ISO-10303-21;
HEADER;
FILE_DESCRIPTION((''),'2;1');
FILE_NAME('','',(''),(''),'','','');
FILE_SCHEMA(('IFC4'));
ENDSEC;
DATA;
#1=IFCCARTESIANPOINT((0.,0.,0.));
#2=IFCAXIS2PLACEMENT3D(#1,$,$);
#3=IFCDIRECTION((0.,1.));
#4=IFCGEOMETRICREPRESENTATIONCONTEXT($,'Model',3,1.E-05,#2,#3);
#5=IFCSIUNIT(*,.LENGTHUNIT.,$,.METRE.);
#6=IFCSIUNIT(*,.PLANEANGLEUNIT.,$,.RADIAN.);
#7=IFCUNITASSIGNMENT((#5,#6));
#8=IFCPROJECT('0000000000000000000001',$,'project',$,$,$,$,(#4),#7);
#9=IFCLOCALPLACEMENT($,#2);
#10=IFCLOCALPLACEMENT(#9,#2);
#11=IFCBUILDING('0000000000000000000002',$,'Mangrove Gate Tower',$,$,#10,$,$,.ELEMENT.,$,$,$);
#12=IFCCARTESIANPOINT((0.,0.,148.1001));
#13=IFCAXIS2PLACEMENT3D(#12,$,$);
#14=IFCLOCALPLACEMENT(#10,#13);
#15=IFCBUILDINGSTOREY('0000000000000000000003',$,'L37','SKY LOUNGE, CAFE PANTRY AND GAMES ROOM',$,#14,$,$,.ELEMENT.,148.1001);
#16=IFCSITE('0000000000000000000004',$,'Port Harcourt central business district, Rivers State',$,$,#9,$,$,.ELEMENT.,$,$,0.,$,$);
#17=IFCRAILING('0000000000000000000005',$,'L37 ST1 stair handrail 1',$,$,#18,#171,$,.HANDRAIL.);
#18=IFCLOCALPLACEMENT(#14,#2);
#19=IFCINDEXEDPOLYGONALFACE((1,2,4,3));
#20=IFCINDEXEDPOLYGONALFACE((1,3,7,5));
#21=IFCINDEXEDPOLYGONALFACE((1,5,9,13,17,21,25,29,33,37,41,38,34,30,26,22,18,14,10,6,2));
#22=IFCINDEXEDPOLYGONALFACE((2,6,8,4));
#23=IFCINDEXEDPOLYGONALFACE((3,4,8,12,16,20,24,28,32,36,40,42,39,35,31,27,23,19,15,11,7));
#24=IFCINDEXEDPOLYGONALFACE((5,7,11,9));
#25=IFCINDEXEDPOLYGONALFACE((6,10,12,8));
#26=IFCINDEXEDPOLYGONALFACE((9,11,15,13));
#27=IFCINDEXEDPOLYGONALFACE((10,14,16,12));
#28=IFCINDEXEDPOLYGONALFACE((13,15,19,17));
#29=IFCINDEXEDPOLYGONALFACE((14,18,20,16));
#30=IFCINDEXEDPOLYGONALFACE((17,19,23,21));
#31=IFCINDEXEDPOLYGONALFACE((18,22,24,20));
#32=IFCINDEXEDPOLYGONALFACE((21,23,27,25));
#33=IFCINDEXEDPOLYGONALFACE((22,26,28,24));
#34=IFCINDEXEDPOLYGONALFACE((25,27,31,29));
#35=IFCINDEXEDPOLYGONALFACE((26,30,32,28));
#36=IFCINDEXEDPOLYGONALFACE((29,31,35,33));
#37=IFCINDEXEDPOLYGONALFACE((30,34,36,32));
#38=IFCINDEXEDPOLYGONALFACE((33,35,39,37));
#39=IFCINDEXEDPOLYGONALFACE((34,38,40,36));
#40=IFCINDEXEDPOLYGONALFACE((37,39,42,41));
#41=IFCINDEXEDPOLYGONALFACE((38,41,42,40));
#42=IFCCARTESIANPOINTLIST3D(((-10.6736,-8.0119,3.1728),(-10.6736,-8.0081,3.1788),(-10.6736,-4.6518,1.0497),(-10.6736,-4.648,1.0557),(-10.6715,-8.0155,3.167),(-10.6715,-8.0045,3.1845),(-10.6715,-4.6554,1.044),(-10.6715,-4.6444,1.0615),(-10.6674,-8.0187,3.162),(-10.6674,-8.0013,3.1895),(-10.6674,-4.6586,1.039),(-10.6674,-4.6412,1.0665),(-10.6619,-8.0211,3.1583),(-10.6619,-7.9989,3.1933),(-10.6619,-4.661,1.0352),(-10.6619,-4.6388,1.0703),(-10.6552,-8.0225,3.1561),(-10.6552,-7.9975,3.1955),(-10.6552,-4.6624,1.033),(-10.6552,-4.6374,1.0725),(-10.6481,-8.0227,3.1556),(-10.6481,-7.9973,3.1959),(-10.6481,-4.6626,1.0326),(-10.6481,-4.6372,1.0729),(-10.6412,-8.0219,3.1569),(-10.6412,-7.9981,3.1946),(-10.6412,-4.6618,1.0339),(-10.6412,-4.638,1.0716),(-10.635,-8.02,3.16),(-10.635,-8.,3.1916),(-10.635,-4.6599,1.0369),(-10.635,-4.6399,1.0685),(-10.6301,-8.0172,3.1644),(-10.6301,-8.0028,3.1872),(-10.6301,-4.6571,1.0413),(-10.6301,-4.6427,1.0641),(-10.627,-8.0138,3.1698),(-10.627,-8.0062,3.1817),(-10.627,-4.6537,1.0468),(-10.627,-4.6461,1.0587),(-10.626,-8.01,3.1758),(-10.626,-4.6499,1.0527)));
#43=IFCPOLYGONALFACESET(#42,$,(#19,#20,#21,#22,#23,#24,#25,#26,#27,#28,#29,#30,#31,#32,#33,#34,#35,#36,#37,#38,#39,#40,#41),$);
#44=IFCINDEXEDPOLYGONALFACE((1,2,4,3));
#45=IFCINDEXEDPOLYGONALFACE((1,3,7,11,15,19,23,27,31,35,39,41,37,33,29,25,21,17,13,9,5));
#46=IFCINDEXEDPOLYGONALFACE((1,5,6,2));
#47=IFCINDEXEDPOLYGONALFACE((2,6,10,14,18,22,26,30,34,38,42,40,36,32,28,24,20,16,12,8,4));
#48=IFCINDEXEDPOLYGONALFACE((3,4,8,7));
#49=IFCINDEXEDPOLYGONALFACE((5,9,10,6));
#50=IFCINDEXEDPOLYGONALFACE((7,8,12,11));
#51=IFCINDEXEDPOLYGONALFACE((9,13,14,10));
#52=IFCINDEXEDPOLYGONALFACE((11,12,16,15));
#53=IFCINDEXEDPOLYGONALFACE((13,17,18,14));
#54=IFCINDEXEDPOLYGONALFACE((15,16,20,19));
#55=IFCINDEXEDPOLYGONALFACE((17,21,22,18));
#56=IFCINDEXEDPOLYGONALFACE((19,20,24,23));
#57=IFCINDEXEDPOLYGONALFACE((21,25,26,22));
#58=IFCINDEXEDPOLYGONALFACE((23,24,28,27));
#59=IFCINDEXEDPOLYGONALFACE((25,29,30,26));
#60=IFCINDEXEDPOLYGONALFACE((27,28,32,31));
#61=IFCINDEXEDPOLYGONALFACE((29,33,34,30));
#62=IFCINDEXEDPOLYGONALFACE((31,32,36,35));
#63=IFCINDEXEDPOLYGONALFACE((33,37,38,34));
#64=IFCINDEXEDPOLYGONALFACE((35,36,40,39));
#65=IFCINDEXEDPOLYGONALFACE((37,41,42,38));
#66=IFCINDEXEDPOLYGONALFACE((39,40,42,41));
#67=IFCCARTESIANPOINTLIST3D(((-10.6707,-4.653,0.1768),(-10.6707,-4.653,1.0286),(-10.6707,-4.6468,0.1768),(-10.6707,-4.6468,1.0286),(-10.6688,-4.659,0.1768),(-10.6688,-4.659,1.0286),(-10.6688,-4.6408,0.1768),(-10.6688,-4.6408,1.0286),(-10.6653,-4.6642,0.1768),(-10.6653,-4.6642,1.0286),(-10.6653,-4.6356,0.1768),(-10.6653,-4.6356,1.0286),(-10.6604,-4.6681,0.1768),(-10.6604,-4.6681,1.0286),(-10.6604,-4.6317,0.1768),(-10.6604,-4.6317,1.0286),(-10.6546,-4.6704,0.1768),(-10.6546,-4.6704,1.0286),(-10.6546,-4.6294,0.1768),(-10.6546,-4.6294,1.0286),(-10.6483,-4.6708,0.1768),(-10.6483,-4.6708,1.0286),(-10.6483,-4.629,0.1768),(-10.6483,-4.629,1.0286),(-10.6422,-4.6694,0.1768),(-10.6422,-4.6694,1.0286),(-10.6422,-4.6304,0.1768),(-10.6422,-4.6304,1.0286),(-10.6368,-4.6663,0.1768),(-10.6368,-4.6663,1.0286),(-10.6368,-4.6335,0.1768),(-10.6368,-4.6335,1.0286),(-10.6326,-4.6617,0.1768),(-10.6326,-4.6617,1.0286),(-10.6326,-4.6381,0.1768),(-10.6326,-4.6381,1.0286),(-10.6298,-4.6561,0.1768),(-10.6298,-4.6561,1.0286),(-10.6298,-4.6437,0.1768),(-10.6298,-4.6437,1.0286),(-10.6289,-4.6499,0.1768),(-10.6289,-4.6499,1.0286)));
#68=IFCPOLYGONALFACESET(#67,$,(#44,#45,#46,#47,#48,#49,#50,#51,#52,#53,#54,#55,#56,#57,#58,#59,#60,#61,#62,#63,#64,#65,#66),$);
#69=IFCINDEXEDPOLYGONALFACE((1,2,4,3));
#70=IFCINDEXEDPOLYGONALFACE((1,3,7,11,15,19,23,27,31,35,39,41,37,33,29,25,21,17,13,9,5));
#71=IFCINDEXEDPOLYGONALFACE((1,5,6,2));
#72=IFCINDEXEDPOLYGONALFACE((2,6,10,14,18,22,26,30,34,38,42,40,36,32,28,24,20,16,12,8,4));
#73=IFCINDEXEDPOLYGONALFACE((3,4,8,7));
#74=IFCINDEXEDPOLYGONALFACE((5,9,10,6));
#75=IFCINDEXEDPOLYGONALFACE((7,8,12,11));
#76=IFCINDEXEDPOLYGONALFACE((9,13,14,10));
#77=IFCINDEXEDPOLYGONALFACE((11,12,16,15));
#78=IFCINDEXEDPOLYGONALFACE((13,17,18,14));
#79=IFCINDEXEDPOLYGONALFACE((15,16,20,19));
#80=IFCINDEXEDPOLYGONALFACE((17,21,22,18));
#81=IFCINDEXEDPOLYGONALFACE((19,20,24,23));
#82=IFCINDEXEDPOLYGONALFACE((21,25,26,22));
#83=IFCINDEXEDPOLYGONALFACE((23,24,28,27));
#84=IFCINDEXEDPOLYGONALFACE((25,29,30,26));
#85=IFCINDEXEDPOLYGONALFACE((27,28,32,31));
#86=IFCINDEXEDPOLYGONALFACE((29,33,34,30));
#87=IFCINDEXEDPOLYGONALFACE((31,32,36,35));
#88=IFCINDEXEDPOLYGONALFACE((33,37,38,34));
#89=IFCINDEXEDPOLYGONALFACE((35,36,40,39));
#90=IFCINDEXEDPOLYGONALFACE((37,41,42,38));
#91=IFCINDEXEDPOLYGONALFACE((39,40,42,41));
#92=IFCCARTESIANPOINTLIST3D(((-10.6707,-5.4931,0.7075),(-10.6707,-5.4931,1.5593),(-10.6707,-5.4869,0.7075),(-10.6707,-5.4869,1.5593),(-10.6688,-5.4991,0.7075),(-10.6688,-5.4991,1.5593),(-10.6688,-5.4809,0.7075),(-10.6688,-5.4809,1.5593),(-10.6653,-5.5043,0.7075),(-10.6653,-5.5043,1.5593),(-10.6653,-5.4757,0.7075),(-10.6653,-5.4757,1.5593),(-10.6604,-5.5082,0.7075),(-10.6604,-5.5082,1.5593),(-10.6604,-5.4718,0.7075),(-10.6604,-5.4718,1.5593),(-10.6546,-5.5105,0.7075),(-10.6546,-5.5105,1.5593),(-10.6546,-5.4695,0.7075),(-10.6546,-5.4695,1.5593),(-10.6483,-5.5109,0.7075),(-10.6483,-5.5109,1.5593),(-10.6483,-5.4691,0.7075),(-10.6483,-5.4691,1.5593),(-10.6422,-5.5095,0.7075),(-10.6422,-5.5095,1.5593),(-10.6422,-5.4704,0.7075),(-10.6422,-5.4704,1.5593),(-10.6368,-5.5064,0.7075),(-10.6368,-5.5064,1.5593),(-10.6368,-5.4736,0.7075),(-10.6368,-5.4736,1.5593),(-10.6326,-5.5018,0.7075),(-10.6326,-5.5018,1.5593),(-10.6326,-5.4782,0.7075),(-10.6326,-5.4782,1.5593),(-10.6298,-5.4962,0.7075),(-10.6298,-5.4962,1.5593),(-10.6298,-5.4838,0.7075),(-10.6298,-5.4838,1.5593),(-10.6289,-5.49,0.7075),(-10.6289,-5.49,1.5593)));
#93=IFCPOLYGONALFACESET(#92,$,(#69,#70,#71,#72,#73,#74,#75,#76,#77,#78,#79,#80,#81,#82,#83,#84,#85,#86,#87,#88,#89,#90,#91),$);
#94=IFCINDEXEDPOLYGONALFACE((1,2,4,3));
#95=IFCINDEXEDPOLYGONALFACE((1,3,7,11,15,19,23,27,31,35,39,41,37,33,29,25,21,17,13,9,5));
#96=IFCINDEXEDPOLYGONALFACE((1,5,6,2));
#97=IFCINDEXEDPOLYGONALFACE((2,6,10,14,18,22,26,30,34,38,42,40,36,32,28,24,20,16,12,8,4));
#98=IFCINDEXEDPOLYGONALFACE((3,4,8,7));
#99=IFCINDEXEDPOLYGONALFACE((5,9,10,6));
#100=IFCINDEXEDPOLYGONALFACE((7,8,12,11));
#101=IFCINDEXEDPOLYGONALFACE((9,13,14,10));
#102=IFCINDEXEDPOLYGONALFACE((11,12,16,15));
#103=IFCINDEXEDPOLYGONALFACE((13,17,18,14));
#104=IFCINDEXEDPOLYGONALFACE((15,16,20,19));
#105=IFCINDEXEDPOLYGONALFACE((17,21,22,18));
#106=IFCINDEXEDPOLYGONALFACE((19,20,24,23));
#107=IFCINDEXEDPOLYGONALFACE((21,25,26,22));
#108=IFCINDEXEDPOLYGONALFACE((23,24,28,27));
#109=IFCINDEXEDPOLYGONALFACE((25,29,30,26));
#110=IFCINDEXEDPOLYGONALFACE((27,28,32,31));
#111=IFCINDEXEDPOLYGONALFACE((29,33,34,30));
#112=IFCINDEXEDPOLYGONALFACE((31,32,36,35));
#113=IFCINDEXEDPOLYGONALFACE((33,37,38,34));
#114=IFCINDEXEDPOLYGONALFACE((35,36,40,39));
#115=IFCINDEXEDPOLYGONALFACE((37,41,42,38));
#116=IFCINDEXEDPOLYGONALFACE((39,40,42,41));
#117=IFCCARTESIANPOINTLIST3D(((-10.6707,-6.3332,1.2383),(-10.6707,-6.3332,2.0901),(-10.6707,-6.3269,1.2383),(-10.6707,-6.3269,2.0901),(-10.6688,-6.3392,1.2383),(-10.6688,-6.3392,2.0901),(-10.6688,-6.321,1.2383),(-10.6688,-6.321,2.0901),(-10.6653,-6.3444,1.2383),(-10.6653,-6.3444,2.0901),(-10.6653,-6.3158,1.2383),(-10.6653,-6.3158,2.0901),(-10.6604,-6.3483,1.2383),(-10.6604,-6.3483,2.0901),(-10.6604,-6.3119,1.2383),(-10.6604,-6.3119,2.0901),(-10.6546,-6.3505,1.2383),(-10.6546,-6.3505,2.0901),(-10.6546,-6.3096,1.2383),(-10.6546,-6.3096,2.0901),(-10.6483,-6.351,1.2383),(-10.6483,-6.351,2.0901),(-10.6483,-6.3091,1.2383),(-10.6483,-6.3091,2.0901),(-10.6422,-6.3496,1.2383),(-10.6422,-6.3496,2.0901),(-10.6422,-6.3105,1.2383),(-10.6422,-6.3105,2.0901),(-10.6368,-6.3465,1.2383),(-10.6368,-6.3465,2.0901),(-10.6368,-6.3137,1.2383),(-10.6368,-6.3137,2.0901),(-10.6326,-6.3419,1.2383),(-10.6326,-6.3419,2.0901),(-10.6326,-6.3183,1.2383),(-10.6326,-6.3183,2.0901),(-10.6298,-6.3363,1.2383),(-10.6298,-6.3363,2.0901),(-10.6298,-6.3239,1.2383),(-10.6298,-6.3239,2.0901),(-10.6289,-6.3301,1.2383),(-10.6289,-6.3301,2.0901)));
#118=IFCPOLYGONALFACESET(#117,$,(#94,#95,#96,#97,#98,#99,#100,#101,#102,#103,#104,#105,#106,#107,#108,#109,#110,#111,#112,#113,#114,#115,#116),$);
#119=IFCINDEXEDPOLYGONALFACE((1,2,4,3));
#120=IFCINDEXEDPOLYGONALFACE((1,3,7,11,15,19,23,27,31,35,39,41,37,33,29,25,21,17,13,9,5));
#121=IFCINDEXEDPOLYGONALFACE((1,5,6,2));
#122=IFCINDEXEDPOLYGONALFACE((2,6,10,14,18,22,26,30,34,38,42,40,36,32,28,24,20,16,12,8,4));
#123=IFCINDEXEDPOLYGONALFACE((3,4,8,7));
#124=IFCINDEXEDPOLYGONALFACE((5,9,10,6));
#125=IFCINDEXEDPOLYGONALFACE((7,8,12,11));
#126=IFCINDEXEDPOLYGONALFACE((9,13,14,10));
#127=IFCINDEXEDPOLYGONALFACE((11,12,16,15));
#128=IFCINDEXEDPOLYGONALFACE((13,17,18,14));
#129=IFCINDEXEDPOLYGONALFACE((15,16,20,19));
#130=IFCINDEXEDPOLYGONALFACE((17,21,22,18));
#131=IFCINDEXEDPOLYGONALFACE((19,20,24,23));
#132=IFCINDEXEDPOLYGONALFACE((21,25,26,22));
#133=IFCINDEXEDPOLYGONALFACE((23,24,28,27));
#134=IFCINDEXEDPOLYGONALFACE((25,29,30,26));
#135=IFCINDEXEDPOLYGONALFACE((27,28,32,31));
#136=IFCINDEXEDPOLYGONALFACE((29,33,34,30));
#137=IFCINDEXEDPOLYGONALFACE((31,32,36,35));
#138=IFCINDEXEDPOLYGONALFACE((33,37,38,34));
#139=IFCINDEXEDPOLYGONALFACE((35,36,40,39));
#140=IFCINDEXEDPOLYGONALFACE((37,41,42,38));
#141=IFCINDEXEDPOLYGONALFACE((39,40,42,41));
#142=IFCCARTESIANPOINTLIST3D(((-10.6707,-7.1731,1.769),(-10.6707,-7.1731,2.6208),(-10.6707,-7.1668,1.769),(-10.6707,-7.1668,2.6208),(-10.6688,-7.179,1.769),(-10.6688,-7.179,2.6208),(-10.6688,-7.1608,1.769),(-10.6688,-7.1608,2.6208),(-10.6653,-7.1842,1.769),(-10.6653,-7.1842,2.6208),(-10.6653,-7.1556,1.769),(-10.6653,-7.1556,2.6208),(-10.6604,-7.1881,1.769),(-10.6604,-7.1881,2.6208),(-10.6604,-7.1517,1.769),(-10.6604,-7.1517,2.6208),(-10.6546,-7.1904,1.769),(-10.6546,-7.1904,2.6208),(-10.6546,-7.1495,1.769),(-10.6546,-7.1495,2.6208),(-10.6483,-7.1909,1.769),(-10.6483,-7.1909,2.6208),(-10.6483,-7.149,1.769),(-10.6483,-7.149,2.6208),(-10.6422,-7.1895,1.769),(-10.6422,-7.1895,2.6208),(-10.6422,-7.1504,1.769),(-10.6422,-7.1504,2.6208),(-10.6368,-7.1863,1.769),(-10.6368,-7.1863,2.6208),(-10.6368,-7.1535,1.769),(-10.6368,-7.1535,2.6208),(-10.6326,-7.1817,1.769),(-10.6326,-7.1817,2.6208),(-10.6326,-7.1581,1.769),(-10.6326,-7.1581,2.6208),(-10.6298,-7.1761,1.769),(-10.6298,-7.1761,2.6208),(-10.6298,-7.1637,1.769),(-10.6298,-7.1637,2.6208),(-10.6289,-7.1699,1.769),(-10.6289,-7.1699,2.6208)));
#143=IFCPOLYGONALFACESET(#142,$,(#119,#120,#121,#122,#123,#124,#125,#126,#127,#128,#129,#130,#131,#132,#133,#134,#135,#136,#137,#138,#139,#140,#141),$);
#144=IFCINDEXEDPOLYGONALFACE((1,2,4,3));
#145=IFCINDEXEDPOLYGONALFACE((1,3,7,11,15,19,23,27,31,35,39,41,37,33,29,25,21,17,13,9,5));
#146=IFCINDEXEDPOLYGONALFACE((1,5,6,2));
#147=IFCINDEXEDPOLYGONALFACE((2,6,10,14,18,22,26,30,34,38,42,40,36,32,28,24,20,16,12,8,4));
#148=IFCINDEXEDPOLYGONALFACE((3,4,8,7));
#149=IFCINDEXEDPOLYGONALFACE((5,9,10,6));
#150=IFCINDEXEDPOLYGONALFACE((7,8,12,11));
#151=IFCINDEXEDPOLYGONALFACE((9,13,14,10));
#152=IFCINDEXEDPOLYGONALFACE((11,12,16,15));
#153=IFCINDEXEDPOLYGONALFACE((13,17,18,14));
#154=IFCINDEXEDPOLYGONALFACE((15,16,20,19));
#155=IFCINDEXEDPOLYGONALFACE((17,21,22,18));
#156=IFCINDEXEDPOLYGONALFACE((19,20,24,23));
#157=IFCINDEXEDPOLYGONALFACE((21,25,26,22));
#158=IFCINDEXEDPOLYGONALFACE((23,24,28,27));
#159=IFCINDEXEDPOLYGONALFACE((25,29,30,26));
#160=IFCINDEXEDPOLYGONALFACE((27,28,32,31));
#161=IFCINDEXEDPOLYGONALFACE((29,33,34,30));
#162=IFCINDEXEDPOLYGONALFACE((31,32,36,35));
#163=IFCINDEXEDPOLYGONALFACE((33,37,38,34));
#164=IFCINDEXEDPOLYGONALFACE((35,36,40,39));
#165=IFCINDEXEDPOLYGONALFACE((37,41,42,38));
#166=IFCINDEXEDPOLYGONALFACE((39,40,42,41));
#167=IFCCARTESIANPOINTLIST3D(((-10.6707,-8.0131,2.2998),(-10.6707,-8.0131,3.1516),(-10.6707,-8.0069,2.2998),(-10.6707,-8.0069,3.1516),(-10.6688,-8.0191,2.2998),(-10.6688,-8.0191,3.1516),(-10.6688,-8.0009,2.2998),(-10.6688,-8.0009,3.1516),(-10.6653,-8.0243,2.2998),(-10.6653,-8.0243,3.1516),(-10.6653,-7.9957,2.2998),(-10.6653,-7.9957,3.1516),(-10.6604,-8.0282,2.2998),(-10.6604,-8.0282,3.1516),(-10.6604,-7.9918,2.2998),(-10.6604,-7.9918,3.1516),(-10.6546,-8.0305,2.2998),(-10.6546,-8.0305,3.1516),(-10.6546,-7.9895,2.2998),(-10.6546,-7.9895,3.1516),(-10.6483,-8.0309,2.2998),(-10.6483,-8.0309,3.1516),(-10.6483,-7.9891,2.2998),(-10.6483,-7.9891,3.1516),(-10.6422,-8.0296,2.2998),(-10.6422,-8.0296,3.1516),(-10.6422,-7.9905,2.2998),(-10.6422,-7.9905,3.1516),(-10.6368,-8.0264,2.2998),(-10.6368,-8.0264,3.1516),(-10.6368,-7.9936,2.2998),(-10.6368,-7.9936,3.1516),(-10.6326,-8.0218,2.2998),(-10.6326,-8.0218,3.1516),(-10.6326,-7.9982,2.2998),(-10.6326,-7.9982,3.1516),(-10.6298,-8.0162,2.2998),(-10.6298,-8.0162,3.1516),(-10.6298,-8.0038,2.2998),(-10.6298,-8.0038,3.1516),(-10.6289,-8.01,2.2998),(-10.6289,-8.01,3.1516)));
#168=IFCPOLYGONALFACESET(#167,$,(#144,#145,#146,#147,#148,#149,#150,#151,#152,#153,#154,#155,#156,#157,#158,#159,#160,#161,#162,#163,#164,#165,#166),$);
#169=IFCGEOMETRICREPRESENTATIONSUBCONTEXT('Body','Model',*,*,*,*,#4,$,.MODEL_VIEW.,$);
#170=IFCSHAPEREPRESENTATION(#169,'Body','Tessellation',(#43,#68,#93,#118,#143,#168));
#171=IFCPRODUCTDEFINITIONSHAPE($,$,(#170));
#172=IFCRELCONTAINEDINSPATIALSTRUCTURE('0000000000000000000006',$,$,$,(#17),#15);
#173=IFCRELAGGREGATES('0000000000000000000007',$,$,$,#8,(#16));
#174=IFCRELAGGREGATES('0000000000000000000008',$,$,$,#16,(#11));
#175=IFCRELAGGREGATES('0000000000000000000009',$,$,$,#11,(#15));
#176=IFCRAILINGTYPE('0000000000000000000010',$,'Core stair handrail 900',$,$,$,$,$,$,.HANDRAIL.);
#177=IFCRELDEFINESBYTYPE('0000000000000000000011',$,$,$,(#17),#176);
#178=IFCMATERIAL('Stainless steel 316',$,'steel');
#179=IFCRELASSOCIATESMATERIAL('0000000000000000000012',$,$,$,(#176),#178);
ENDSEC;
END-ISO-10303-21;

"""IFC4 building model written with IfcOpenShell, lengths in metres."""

from ifc_helpers import new_model, si_unit, direction, frame, origin, origin_2d, place, context, subcontext, project, spatial, circle, extrude, material, type_object, element, save


model = new_model("IFC4")

# Units and contexts
model_context = context("Model", 3, precision=1e-05, world=origin(), true_north=direction((0.0, 1.0)))
body_context = subcontext(model_context, "Body", "Model", "MODEL_VIEW")
ifc_project = project(units=[si_unit("LENGTHUNIT", "METRE"), si_unit("PLANEANGLEUNIT", "RADIAN")], contexts=[model_context])

# Site, building, storey
site_placement = place(None, origin())
site = spatial("IfcSite", under=ifc_project, at=site_placement, Name="Port Harcourt central business district, Rivers State", CompositionType="ELEMENT", RefElevation=0.0)
building_placement = place(site_placement, origin())
building = spatial("IfcBuilding", under=site, at=building_placement, Name="Mangrove Gate Tower", CompositionType="ELEMENT")
storey_placement = place(building_placement, frame((0.0, 0.0, 148.1001)))
storey = spatial("IfcBuildingStorey", under=building, at=storey_placement, Name="L37", Description="SKY LOUNGE, CAFE PANTRY AND GAMES ROOM", CompositionType="ELEMENT", Elevation=148.1001)

# Railing
ifc_material_1 = material(Name="Stainless steel 316", Category="steel")
railing_type_1 = type_object("IfcRailingType", Name="Core stair handrail 900", PredefinedType="HANDRAIL", material=ifc_material_1)
railing_1_placement = place(storey_placement, frame((-10.6499, -4.6499, 0.1768)))
element("IfcRailing", 1, at=railing_1_placement, inside=storey, type_object=railing_type_1, Name="L37 ST1 stair handrail 1", PredefinedType="HANDRAIL", context=body_context, shape_type="SweptSolid", body=[
    extrude(circle(Radius=0.0239, at=origin_2d()), frame((0.0, 0.0, 0.876), z_axis=(0.0, -0.84539, 0.53415), x_axis=(1.0, 0.0, 0.0)), (0.0, 0.0, 1.0), 3.9746),
    extrude(circle(Radius=0.021, at=origin_2d()), origin(), (0.0, 0.0, 1.0), 0.8518),
    extrude(circle(Radius=0.021, at=origin_2d()), frame((0.0, -0.8401, 0.5308)), (0.0, 0.0, 1.0), 0.8518),
    extrude(circle(Radius=0.021, at=origin_2d()), frame((0.0, -1.6802, 1.0615)), (0.0, 0.0, 1.0), 0.8518),
    extrude(circle(Radius=0.021, at=origin_2d()), frame((0.0, -2.52, 1.5923)), (0.0, 0.0, 1.0), 0.8518),
    extrude(circle(Radius=0.021, at=origin_2d()), frame((0.0, -3.3601, 2.123)), (0.0, 0.0, 1.0), 0.8518),
])

save(model, "model.ifc")
